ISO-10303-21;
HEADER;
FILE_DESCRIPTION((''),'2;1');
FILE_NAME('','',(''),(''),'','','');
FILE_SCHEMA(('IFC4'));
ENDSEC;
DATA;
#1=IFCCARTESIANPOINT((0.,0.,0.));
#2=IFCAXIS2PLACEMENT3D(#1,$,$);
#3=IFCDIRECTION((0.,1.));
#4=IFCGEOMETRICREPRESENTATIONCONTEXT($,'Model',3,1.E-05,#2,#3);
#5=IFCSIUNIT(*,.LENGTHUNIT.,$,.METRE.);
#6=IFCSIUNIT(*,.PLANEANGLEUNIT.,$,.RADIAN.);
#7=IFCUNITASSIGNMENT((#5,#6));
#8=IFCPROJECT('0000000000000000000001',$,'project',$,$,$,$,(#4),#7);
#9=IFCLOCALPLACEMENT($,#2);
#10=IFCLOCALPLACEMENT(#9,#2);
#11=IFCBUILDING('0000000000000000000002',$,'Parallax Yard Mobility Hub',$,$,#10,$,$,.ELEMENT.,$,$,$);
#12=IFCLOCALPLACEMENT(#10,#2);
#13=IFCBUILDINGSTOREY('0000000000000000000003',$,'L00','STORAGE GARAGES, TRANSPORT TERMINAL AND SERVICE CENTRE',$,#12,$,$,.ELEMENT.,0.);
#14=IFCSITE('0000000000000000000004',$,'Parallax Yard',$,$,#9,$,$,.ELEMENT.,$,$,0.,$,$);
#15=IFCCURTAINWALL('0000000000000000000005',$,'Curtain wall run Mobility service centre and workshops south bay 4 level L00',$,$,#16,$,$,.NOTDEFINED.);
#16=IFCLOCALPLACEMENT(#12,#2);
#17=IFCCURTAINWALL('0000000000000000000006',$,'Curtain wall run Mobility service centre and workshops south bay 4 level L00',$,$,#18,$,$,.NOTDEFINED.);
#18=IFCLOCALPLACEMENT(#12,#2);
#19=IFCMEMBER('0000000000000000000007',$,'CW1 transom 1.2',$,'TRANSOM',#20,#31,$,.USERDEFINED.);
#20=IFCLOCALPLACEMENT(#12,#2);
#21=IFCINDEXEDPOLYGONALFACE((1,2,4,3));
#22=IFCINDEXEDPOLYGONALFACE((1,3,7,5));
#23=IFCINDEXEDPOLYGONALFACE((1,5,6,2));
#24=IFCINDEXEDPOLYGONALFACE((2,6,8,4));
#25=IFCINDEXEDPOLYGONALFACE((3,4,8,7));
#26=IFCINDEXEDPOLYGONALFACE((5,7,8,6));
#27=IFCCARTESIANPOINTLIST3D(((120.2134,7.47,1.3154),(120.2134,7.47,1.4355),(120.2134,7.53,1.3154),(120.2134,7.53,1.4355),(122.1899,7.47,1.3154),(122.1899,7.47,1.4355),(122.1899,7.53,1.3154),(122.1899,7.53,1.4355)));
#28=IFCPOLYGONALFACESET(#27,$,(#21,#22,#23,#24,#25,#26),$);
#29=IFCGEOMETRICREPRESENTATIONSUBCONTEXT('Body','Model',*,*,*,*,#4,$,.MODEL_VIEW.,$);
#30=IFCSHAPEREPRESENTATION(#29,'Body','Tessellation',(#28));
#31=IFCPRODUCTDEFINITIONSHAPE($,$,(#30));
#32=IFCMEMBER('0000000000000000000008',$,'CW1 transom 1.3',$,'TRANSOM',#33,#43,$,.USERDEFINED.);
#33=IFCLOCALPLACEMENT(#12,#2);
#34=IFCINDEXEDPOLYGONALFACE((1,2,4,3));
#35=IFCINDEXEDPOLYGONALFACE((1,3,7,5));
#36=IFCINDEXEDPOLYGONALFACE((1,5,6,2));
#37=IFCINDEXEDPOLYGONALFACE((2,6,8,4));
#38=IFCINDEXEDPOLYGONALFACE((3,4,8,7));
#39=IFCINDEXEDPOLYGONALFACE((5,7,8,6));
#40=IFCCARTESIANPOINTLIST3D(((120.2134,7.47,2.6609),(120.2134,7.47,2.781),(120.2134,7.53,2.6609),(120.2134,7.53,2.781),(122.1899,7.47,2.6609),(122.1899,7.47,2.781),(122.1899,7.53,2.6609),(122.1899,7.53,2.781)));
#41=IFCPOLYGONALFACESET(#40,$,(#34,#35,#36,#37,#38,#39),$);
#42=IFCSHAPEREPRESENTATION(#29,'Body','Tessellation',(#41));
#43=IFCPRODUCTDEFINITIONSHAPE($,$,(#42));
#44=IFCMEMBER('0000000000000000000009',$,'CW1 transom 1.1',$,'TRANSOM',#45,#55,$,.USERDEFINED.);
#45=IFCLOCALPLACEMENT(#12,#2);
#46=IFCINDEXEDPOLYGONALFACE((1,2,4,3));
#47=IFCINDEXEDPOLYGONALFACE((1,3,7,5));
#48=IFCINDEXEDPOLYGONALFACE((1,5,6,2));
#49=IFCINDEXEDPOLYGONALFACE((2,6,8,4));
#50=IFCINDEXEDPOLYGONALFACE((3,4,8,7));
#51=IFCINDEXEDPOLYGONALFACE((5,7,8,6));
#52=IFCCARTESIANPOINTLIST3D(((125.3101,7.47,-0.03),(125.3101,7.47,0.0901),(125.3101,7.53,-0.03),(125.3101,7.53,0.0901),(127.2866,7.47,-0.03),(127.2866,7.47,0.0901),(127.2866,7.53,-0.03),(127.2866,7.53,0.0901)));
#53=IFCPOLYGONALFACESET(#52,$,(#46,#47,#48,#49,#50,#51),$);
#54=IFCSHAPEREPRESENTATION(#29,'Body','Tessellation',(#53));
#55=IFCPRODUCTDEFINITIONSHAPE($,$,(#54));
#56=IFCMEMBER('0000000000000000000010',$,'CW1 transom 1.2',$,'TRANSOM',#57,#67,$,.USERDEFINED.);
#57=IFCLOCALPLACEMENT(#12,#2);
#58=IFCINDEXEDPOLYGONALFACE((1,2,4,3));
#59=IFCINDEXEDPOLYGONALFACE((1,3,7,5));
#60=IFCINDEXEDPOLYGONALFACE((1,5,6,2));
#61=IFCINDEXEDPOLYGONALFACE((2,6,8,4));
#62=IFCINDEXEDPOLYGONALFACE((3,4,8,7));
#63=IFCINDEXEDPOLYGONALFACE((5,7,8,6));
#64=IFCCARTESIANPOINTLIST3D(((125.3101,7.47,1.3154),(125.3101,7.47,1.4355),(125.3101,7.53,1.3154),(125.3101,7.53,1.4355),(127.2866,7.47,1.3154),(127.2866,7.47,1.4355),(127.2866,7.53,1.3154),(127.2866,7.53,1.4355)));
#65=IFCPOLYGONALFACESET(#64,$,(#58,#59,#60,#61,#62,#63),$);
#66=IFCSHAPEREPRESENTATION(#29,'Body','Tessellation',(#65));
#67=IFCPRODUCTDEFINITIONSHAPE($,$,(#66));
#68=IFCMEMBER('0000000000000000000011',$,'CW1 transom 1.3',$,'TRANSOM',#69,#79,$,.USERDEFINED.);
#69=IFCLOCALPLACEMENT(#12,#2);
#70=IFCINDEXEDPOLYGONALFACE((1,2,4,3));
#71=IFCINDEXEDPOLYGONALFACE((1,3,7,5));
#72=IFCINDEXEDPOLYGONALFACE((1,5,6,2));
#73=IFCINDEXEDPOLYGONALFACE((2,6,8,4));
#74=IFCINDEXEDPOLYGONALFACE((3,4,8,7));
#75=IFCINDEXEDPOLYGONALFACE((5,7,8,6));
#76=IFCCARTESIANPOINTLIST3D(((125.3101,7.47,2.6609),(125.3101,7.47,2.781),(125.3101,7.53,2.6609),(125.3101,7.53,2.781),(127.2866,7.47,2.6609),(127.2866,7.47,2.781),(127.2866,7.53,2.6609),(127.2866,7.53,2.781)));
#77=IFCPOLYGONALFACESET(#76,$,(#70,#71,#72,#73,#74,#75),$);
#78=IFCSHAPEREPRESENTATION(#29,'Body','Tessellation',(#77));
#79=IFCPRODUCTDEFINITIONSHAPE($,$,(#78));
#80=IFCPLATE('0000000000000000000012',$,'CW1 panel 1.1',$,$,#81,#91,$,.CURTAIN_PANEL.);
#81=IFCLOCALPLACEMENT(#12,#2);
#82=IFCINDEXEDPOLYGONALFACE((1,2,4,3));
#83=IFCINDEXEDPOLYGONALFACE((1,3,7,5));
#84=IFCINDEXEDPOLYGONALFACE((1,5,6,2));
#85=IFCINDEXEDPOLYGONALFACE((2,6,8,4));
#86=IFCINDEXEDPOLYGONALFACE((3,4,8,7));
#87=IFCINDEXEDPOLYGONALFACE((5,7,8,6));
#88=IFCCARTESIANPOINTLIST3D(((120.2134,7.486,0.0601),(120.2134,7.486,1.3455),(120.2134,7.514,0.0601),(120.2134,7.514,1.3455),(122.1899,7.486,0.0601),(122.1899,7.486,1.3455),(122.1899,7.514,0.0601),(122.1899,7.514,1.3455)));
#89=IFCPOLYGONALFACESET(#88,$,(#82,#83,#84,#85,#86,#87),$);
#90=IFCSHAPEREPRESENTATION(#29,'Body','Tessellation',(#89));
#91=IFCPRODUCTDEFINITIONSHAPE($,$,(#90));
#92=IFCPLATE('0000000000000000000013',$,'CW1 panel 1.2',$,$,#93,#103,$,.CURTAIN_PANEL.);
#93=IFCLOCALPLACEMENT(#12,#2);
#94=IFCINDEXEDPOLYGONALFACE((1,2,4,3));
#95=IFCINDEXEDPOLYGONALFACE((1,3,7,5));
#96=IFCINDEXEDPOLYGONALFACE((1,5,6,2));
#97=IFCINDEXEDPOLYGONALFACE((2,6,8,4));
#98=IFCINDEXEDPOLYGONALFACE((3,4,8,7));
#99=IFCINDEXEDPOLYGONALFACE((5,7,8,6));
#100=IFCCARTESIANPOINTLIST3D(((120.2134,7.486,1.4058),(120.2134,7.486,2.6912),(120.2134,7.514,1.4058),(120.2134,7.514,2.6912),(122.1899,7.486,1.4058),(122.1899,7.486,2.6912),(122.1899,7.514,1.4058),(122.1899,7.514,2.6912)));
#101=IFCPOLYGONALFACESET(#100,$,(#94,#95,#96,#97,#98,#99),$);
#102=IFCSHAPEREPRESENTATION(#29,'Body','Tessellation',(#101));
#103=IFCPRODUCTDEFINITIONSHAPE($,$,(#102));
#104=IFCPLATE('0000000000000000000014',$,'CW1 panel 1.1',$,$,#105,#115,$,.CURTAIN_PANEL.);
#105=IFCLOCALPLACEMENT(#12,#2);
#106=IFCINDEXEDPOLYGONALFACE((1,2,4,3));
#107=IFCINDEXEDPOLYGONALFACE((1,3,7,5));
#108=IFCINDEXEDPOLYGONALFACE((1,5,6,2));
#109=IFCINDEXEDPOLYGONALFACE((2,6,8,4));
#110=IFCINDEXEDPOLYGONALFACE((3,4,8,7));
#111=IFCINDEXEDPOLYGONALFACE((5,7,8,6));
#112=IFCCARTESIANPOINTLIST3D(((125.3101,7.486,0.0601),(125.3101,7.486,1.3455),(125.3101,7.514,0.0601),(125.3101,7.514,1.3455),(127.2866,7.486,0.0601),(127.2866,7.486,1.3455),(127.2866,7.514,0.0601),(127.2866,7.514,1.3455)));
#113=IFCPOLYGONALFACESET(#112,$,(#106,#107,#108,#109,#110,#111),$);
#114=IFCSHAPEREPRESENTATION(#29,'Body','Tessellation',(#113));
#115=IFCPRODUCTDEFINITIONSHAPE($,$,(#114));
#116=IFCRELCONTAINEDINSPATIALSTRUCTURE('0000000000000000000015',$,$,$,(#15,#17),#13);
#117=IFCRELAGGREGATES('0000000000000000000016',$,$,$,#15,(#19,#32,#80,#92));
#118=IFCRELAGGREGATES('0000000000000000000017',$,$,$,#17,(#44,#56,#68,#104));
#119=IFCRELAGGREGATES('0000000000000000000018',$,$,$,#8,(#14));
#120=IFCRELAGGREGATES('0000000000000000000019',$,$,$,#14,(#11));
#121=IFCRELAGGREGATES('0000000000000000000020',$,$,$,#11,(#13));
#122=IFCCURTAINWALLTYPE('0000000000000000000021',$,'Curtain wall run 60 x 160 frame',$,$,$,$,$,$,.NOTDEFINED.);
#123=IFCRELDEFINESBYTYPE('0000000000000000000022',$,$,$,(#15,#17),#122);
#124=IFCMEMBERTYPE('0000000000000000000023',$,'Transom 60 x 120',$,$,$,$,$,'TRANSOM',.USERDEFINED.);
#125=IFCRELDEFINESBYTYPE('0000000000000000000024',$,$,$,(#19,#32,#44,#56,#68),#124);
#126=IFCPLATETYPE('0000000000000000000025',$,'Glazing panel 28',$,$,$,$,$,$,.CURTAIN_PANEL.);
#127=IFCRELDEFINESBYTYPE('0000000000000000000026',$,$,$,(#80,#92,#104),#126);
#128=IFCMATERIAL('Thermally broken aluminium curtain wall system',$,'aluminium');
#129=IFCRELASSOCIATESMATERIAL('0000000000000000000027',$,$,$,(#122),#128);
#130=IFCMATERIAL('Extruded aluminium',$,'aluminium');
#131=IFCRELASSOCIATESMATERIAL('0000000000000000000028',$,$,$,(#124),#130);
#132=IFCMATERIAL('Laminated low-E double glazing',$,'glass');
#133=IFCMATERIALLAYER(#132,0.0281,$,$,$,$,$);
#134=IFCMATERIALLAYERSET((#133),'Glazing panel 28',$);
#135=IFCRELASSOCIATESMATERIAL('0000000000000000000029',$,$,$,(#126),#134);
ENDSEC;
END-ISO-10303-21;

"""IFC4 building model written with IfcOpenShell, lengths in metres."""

from ifc_helpers import new_model, si_unit, direction, frame, origin, origin_2d, place, context, subcontext, project, spatial, rectangle, extrude, material, layer, layer_set, material_profile, profile_set, type_object, element, aggregate, save


model = new_model("IFC4")

# Units and contexts
model_context = context("Model", 3, precision=1e-05, world=origin(), true_north=direction((0.0, 1.0)))
body_context = subcontext(model_context, "Body", "Model", "MODEL_VIEW")
ifc_project = project(units=[si_unit("LENGTHUNIT", "METRE"), si_unit("PLANEANGLEUNIT", "RADIAN")], contexts=[model_context])

# Site, building, storey
site_placement = place(None, origin())
site = spatial("IfcSite", under=ifc_project, at=site_placement, Name="Parallax Yard", CompositionType="ELEMENT", RefElevation=0.0)
building_placement = place(site_placement, origin())
building = spatial("IfcBuilding", under=site, at=building_placement, Name="Parallax Yard Mobility Hub", CompositionType="ELEMENT")
storey_placement = place(building_placement, origin())
storey = spatial("IfcBuildingStorey", under=building, at=storey_placement, Name="L00", Description="STORAGE GARAGES, TRANSPORT TERMINAL AND SERVICE CENTRE", CompositionType="ELEMENT", Elevation=0.0)

# Curtain wall
ifc_material_1 = material(Name="Thermally broken aluminium curtain wall system", Category="aluminium")
curtain_wall_type = type_object("IfcCurtainWallType", Name="Curtain wall run 60 x 160 frame", PredefinedType="NOTDEFINED", material=ifc_material_1)
curtain_wall_1_placement = place(storey_placement, origin())
curtain_wall_1 = element("IfcCurtainWall", 1, at=curtain_wall_1_placement, inside=storey, type_object=curtain_wall_type, Name="Curtain wall run Mobility service centre and workshops south bay 4 level L00", PredefinedType="NOTDEFINED")
ifc_material_2 = material(Name="Extruded aluminium", Category="aluminium")

# Curtain wall
curtain_wall_2_placement = place(storey_placement, origin())
curtain_wall_2 = element("IfcCurtainWall", 2, at=curtain_wall_2_placement, inside=storey, type_object=curtain_wall_type, Name="Curtain wall run Mobility service centre and workshops south bay 4 level L00", PredefinedType="NOTDEFINED")

# Members
ifc_material_profile_1 = material_profile(ifc_material_2, rectangle(XDim=0.0601, YDim=0.1201, at=origin_2d()), Name="Transom 60 x 120")
ifc_profile_set_1 = profile_set([ifc_material_profile_1], Name="Extruded aluminium")
member_type_1 = type_object("IfcMemberType", Name="Transom 60 x 120", ElementType="TRANSOM", PredefinedType="USERDEFINED", material=ifc_profile_set_1)
member_1_placement = place(storey_placement, frame((120.2134, 7.5, 1.3755), z_axis=(1.0, 0.0, 0.0), x_axis=(0.0, 1.0, 0.0)))
member_1 = element("IfcMember", 3, at=member_1_placement, type_object=member_type_1, Name="CW1 transom 1.2", ObjectType="TRANSOM", PredefinedType="USERDEFINED", context=body_context, shape_type="SweptSolid", body=[
    extrude(rectangle(XDim=0.0601, YDim=0.1201, at=origin_2d()), origin(), (0.0, 0.0, 1.0), 1.9766),
])
member_2_placement = place(storey_placement, frame((120.2134, 7.5, 2.7209), z_axis=(1.0, 0.0, 0.0), x_axis=(0.0, 1.0, 0.0)))
member_2 = element("IfcMember", 4, at=member_2_placement, type_object=member_type_1, Name="CW1 transom 1.3", ObjectType="TRANSOM", PredefinedType="USERDEFINED", context=body_context, shape_type="SweptSolid", body=[
    extrude(rectangle(XDim=0.0601, YDim=0.1201, at=origin_2d()), origin(), (0.0, 0.0, 1.0), 1.9766),
])
member_3_placement = place(storey_placement, frame((125.3101, 7.5, 0.03), z_axis=(1.0, 0.0, 0.0), x_axis=(0.0, 1.0, 0.0)))
member_3 = element("IfcMember", 5, at=member_3_placement, type_object=member_type_1, Name="CW1 transom 1.1", ObjectType="TRANSOM", PredefinedType="USERDEFINED", context=body_context, shape_type="SweptSolid", body=[
    extrude(rectangle(XDim=0.0601, YDim=0.1201, at=origin_2d()), origin(), (0.0, 0.0, 1.0), 1.9766),
])
member_4_placement = place(storey_placement, frame((125.3101, 7.5, 1.3755), z_axis=(1.0, 0.0, 0.0), x_axis=(0.0, 1.0, 0.0)))
member_4 = element("IfcMember", 6, at=member_4_placement, type_object=member_type_1, Name="CW1 transom 1.2", ObjectType="TRANSOM", PredefinedType="USERDEFINED", context=body_context, shape_type="SweptSolid", body=[
    extrude(rectangle(XDim=0.0601, YDim=0.1201, at=origin_2d()), origin(), (0.0, 0.0, 1.0), 1.9766),
])
member_5_placement = place(storey_placement, frame((125.3101, 7.5, 2.7209), z_axis=(1.0, 0.0, 0.0), x_axis=(0.0, 1.0, 0.0)))
member_5 = element("IfcMember", 7, at=member_5_placement, type_object=member_type_1, Name="CW1 transom 1.3", ObjectType="TRANSOM", PredefinedType="USERDEFINED", context=body_context, shape_type="SweptSolid", body=[
    extrude(rectangle(XDim=0.0601, YDim=0.1201, at=origin_2d()), origin(), (0.0, 0.0, 1.0), 1.9766),
])

# Plates
ifc_material_3 = material(Name="Laminated low-E double glazing", Category="glass")
ifc_layer_1 = layer(ifc_material_3, 0.0281)
ifc_layer_set_1 = layer_set([ifc_layer_1], Name="Glazing panel 28")
plate_type = type_object("IfcPlateType", Name="Glazing panel 28", PredefinedType="CURTAIN_PANEL", material=ifc_layer_set_1)
plate_1_placement = place(storey_placement, frame((121.2017, 7.5, 0.0601), z_axis=(0.0, 0.0, 1.0), x_axis=(1.0, 0.0, 0.0)))
plate_1 = element("IfcPlate", 8, at=plate_1_placement, type_object=plate_type, Name="CW1 panel 1.1", PredefinedType="CURTAIN_PANEL", context=body_context, shape_type="SweptSolid", body=[
    extrude(rectangle(XDim=1.9766, YDim=0.0281, at=origin_2d()), origin(), (0.0, 0.0, 1.0), 1.2854),
])
plate_2_placement = place(storey_placement, frame((121.2017, 7.5, 1.4058), z_axis=(0.0, 0.0, 1.0), x_axis=(1.0, 0.0, 0.0)))
plate_2 = element("IfcPlate", 9, at=plate_2_placement, type_object=plate_type, Name="CW1 panel 1.2", PredefinedType="CURTAIN_PANEL", context=body_context, shape_type="SweptSolid", body=[
    extrude(rectangle(XDim=1.9766, YDim=0.0281, at=origin_2d()), origin(), (0.0, 0.0, 1.0), 1.2854),
])
aggregate(curtain_wall_1, [member_1, member_2, plate_1, plate_2])
plate_3_placement = place(storey_placement, frame((126.2983, 7.5, 0.0601), z_axis=(0.0, 0.0, 1.0), x_axis=(1.0, 0.0, 0.0)))
plate_3 = element("IfcPlate", 10, at=plate_3_placement, type_object=plate_type, Name="CW1 panel 1.1", PredefinedType="CURTAIN_PANEL", context=body_context, shape_type="SweptSolid", body=[
    extrude(rectangle(XDim=1.9766, YDim=0.0281, at=origin_2d()), origin(), (0.0, 0.0, 1.0), 1.2854),
])
aggregate(curtain_wall_2, [member_3, member_4, member_5, plate_3])

save(model, "model.ifc")
